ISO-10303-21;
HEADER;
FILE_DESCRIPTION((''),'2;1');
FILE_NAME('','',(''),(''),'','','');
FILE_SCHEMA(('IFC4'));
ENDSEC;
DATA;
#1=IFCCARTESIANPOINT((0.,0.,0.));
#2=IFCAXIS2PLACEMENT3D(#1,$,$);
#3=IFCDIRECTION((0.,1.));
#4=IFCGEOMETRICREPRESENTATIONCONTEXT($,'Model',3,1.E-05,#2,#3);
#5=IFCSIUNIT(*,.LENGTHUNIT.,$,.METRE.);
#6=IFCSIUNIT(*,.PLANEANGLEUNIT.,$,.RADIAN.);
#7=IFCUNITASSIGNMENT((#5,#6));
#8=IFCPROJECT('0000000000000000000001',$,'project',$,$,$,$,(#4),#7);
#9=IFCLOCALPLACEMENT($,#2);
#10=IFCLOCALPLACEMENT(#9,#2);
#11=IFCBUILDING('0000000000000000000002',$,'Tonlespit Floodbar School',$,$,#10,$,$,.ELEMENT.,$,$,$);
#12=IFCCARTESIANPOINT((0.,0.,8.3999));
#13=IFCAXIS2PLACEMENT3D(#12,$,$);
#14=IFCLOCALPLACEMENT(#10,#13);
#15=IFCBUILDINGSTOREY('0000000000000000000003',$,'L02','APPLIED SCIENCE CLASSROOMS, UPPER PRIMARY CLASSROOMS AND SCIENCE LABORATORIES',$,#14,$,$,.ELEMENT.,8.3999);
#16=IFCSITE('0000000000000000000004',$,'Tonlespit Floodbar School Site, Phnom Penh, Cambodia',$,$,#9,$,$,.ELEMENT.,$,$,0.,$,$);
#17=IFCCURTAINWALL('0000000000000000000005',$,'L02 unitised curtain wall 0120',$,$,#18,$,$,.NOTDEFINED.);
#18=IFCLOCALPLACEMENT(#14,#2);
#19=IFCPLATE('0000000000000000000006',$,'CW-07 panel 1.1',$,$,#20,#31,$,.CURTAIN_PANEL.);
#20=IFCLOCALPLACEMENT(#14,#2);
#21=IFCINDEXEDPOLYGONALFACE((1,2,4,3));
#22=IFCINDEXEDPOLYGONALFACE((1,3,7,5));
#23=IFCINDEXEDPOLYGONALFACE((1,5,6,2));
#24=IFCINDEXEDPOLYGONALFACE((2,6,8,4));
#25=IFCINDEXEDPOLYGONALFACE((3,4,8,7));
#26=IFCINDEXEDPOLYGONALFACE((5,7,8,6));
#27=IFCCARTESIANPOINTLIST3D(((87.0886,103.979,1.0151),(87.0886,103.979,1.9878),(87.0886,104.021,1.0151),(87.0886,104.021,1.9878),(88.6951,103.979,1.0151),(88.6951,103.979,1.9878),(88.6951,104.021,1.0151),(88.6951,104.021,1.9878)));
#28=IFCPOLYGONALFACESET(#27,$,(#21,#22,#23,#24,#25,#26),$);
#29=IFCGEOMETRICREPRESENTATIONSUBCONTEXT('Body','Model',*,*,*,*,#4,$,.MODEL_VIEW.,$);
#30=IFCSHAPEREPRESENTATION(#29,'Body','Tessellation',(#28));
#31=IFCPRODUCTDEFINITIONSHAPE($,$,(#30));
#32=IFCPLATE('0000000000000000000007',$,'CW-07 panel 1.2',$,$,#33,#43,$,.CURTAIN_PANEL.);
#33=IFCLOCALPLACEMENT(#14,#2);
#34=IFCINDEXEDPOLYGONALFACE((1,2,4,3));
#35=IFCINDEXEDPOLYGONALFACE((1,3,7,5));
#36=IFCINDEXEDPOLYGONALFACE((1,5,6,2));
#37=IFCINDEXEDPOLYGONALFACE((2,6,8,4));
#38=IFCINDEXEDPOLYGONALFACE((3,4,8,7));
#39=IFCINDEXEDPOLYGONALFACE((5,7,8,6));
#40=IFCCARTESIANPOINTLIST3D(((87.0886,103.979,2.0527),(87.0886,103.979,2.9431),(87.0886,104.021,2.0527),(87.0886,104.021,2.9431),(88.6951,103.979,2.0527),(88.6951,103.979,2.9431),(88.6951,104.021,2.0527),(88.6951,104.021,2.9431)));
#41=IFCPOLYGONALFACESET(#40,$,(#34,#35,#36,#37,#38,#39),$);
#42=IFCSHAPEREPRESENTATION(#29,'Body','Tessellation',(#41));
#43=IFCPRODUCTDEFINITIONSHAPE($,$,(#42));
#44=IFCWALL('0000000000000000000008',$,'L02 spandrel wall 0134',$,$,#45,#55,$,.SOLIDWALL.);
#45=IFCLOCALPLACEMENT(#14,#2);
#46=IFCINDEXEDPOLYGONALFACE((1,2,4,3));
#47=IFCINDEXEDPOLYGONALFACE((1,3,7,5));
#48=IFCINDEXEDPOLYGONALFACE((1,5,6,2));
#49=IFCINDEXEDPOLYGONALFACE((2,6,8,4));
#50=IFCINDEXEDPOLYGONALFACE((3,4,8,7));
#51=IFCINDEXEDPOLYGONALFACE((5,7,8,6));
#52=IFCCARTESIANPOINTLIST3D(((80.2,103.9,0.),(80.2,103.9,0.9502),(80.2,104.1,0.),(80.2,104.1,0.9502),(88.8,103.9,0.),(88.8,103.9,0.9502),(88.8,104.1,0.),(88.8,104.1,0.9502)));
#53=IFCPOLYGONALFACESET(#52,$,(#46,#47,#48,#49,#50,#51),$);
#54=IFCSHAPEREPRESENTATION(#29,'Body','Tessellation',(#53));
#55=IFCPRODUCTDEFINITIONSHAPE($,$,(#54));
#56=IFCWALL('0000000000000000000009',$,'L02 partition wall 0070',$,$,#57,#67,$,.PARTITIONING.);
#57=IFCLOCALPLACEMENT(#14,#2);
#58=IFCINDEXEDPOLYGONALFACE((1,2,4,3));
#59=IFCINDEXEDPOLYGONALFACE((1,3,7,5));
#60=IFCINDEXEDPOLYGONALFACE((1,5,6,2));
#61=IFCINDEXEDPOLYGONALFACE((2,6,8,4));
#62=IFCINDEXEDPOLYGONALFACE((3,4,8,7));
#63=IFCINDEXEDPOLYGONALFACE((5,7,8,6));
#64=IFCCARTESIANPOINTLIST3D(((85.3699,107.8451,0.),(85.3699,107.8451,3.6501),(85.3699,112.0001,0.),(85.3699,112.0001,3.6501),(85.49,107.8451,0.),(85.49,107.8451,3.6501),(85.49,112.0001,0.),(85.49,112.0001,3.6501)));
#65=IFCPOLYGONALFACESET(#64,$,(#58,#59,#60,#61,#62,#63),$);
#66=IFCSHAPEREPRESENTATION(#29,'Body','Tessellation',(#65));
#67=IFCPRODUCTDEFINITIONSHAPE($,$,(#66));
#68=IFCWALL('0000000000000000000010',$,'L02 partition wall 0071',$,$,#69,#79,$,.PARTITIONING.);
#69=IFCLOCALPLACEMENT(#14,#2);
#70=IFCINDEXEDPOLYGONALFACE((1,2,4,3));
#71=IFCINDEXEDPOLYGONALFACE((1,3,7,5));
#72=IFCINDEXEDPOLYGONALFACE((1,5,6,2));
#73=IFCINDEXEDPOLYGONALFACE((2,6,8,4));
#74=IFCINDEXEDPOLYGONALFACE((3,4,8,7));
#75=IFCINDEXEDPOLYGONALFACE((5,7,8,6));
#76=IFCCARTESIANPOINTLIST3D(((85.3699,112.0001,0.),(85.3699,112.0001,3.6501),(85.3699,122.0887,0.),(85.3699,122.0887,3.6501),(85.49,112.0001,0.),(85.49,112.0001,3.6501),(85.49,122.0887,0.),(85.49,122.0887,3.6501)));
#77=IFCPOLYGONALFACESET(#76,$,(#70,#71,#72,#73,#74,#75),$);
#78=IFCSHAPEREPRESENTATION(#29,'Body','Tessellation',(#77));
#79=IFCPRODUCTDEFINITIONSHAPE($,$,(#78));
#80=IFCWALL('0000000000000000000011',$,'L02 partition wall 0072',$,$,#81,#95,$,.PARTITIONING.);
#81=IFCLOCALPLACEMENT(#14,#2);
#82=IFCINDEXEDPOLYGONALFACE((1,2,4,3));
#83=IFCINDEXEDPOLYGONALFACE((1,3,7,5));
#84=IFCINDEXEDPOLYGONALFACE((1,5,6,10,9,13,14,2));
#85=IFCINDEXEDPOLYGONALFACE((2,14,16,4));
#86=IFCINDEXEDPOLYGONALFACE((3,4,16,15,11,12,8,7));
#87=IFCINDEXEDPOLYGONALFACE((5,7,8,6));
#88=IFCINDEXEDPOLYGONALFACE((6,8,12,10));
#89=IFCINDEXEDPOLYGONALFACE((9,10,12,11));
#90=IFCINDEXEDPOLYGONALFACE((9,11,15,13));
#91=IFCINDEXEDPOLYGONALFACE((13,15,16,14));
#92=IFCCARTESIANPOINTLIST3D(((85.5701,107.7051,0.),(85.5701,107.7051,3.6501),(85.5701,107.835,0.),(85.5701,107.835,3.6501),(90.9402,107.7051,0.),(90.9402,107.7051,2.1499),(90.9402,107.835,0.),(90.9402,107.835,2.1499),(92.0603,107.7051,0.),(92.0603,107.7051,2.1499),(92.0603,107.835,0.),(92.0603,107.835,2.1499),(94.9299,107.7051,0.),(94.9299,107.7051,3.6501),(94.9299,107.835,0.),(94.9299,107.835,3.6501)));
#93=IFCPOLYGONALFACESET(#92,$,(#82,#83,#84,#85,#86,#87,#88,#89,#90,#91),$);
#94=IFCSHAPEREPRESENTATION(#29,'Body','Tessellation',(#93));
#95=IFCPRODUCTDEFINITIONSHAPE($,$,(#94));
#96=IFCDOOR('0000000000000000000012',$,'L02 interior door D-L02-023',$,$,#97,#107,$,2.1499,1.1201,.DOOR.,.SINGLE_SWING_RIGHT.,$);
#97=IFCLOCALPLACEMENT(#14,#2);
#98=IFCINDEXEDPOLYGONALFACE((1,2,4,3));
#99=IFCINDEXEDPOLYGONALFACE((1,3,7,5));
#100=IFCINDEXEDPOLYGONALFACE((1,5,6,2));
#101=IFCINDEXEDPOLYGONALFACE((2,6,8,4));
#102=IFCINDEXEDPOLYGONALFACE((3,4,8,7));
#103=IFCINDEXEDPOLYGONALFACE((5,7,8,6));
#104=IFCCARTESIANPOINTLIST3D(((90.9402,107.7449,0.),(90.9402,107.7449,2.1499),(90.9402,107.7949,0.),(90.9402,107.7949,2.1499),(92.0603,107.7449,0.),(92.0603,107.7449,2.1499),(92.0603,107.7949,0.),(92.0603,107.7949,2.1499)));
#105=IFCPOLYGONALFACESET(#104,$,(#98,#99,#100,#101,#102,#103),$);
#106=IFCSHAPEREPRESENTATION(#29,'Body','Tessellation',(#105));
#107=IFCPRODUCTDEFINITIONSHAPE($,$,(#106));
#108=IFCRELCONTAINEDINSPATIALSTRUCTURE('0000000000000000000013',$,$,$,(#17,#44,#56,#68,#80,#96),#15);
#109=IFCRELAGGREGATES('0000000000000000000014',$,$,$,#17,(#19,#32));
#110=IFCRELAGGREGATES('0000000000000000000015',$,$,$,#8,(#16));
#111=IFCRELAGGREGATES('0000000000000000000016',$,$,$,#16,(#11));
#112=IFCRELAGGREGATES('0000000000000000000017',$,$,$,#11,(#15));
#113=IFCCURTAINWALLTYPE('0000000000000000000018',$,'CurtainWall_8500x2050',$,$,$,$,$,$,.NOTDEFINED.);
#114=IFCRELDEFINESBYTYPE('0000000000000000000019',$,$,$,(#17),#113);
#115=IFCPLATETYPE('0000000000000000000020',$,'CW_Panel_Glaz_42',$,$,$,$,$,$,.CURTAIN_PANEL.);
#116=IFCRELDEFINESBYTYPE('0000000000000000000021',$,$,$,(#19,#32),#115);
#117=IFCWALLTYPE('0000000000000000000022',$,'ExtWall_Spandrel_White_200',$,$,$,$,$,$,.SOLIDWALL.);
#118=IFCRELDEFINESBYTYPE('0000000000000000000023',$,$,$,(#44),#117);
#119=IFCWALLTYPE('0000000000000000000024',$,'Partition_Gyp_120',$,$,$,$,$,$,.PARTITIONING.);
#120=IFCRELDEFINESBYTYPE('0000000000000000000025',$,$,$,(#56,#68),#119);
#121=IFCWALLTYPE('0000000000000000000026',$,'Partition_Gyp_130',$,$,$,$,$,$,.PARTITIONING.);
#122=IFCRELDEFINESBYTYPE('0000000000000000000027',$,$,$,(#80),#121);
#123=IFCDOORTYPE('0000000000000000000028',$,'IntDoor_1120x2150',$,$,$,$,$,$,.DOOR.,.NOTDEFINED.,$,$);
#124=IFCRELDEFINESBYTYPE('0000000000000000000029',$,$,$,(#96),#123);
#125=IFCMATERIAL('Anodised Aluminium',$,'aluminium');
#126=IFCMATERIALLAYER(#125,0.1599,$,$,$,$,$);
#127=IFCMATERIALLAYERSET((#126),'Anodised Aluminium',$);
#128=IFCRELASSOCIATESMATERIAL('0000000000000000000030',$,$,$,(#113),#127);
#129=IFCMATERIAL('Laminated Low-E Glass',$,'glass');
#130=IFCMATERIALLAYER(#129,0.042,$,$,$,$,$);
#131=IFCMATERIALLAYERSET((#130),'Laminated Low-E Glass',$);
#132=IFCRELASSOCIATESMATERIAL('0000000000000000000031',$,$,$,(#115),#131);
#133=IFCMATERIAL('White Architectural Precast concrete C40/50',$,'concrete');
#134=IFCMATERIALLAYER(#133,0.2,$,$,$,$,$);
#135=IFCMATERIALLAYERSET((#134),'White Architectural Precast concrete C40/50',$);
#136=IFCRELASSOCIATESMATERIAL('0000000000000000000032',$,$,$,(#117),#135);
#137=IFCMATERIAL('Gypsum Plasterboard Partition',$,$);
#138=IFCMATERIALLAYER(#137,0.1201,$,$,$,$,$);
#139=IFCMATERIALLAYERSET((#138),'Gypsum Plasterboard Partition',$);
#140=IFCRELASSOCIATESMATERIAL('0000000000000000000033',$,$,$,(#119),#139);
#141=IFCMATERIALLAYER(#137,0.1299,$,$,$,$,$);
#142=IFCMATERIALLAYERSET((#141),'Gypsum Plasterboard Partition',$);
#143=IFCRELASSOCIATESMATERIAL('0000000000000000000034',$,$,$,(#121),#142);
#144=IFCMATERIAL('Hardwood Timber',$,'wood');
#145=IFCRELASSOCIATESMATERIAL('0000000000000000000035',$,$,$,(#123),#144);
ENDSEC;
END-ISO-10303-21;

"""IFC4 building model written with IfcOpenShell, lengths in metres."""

from ifc_helpers import new_model, si_unit, direction, frame, frame_2d, origin, origin_2d, place, context, subcontext, project, spatial, rectangle, extrude, material, layer, layer_set, type_object, element, fill, aggregate, save


model = new_model("IFC4")

# Units and contexts
model_context = context("Model", 3, precision=1e-05, world=origin(), true_north=direction((0.0, 1.0)))
body_context = subcontext(model_context, "Body", "Model", "MODEL_VIEW")
ifc_project = project(units=[si_unit("LENGTHUNIT", "METRE"), si_unit("PLANEANGLEUNIT", "RADIAN")], contexts=[model_context])

# Site, building, storey
site_placement = place(None, origin())
site = spatial("IfcSite", under=ifc_project, at=site_placement, Name="Tonlespit Floodbar School Site, Phnom Penh, Cambodia", CompositionType="ELEMENT", RefElevation=0.0)
building_placement = place(site_placement, origin())
building = spatial("IfcBuilding", under=site, at=building_placement, Name="Tonlespit Floodbar School", CompositionType="ELEMENT")
storey_placement = place(building_placement, frame((0.0, 0.0, 8.3999)))
storey = spatial("IfcBuildingStorey", under=building, at=storey_placement, Name="L02", Description="APPLIED SCIENCE CLASSROOMS, UPPER PRIMARY CLASSROOMS AND SCIENCE LABORATORIES", CompositionType="ELEMENT", Elevation=8.3999)

# Curtain wall
ifc_material_1 = material(Name="Anodised Aluminium", Category="aluminium")
ifc_layer_1 = layer(ifc_material_1, 0.1599)
ifc_layer_set_1 = layer_set([ifc_layer_1], Name="Anodised Aluminium")
curtain_wall_type = type_object("IfcCurtainWallType", Name="CurtainWall_8500x2050", PredefinedType="NOTDEFINED", material=ifc_layer_set_1)
curtain_wall_placement = place(storey_placement, origin())
curtain_wall = element("IfcCurtainWall", 1, at=curtain_wall_placement, inside=storey, type_object=curtain_wall_type, Name="L02 unitised curtain wall 0120", PredefinedType="NOTDEFINED")

# Plates
ifc_material_2 = material(Name="Laminated Low-E Glass", Category="glass")
ifc_layer_2 = layer(ifc_material_2, 0.042)
ifc_layer_set_2 = layer_set([ifc_layer_2], Name="Laminated Low-E Glass")
plate_type = type_object("IfcPlateType", Name="CW_Panel_Glaz_42", PredefinedType="CURTAIN_PANEL", material=ifc_layer_set_2)
plate_1_placement = place(storey_placement, frame((87.8918, 104.0, 1.0151), z_axis=(0.0, 0.0, 1.0), x_axis=(-1.0, 0.0, 0.0)))
plate_1 = element("IfcPlate", 2, at=plate_1_placement, type_object=plate_type, Name="CW-07 panel 1.1", PredefinedType="CURTAIN_PANEL", context=body_context, shape_type="SweptSolid", body=[
    extrude(rectangle(XDim=1.6064, YDim=0.042, at=origin_2d()), origin(), (0.0, 0.0, 1.0), 0.9727),
])
plate_2_placement = place(storey_placement, frame((87.8918, 104.0, 2.0527), z_axis=(0.0, 0.0, 1.0), x_axis=(-1.0, 0.0, 0.0)))
plate_2 = element("IfcPlate", 3, at=plate_2_placement, type_object=plate_type, Name="CW-07 panel 1.2", PredefinedType="CURTAIN_PANEL", context=body_context, shape_type="SweptSolid", body=[
    extrude(rectangle(XDim=1.6064, YDim=0.042, at=origin_2d()), origin(), (0.0, 0.0, 1.0), 0.8904),
])
aggregate(curtain_wall, [plate_1, plate_2])

# Walls
ifc_material_3 = material(Name="White Architectural Precast concrete C40/50", Category="concrete")
ifc_layer_3 = layer(ifc_material_3, 0.2)
ifc_layer_set_3 = layer_set([ifc_layer_3], Name="White Architectural Precast concrete C40/50")
wall_type_1 = type_object("IfcWallType", Name="ExtWall_Spandrel_White_200", PredefinedType="SOLIDWALL", material=ifc_layer_set_3)
wall_1_placement = place(storey_placement, frame((88.8, 104.0, 0.0), z_axis=(0.0, 0.0, 1.0), x_axis=(-1.0, 0.0, 0.0)))
element("IfcWall", 4, at=wall_1_placement, inside=storey, type_object=wall_type_1, Name="L02 spandrel wall 0134", PredefinedType="SOLIDWALL", context=body_context, shape_type="SweptSolid", body=[
    extrude(rectangle(XDim=8.6001, YDim=0.2, at=frame_2d((4.3, 0.0))), origin(), (0.0, 0.0, 1.0), 0.9502),
])
ifc_material_4 = material(Name="Gypsum Plasterboard Partition")
ifc_layer_4 = layer(ifc_material_4, 0.1201)
ifc_layer_set_4 = layer_set([ifc_layer_4], Name="Gypsum Plasterboard Partition")
wall_type_2 = type_object("IfcWallType", Name="Partition_Gyp_120", PredefinedType="PARTITIONING", material=ifc_layer_set_4)
wall_2_placement = place(storey_placement, frame((85.4299, 107.845, 0.0), z_axis=(0.0, 0.0, 1.0), x_axis=(0.0, 1.0, 0.0)))
element("IfcWall", 5, at=wall_2_placement, inside=storey, type_object=wall_type_2, Name="L02 partition wall 0070", PredefinedType="PARTITIONING", context=body_context, shape_type="SweptSolid", body=[
    extrude(rectangle(XDim=4.155, YDim=0.1201, at=frame_2d((2.0776, 0.0))), origin(), (0.0, 0.0, 1.0), 3.6501),
])
wall_3_placement = place(storey_placement, frame((85.4299, 112.0, 0.0), z_axis=(0.0, 0.0, 1.0), x_axis=(0.0, 1.0, 0.0)))
element("IfcWall", 6, at=wall_3_placement, inside=storey, type_object=wall_type_2, Name="L02 partition wall 0071", PredefinedType="PARTITIONING", context=body_context, shape_type="SweptSolid", body=[
    extrude(rectangle(XDim=10.0886, YDim=0.1201, at=frame_2d((5.0444, 0.0))), origin(), (0.0, 0.0, 1.0), 3.6501),
])

# Wall, opening, door
ifc_layer_5 = layer(ifc_material_4, 0.1299)
ifc_layer_set_5 = layer_set([ifc_layer_5], Name="Gypsum Plasterboard Partition")
wall_type_3 = type_object("IfcWallType", Name="Partition_Gyp_130", PredefinedType="PARTITIONING", material=ifc_layer_set_5)
wall_4_placement = place(storey_placement, frame((85.5701, 107.77, 0.0), z_axis=(0.0, 0.0, 1.0), x_axis=(1.0, 0.0, 0.0)))
wall_4 = element("IfcWall", 7, at=wall_4_placement, inside=storey, type_object=wall_type_3, Name="L02 partition wall 0072", PredefinedType="PARTITIONING", context=body_context, shape_type="SweptSolid", body=[
    extrude(rectangle(XDim=9.3599, YDim=0.1299, at=frame_2d((4.6799, 0.0))), origin(), (0.0, 0.0, 1.0), 3.6501),
])
opening_placement = place(wall_4_placement, frame((5.3701, 0.0, 0.0)))
opening = element("IfcOpeningElement", 8, at=opening_placement, cuts=wall_4, PredefinedType="OPENING", context=body_context, shape_type="SweptSolid", body=[
    extrude(rectangle(XDim=1.1201, YDim=2.1499, at=frame_2d((0.5601, 1.075))), frame((0.0, 0.075, 0.0), z_axis=(0.0, -1.0, 0.0), x_axis=(1.0, 0.0, 0.0)), (0.0, 0.0, 1.0), 0.1499),
])
ifc_material_5 = material(Name="Hardwood Timber", Category="wood")
door_type = type_object("IfcDoorType", Name="IntDoor_1120x2150", OperationType="NOTDEFINED", PredefinedType="DOOR", material=ifc_material_5)
door_placement = place(opening_placement, origin())
door = element("IfcDoor", 9, at=door_placement, inside=storey, type_object=door_type, Name="L02 interior door D-L02-023", OperationType="SINGLE_SWING_RIGHT", OverallHeight=2.1499, OverallWidth=1.1201, PredefinedType="DOOR", context=body_context, shape_type="SweptSolid", body=[
    extrude(rectangle(XDim=1.1201, YDim=2.1499, at=frame_2d((0.5601, 1.075))), frame((0.0, 0.0249, 0.0), z_axis=(0.0, -1.0, 0.0), x_axis=(1.0, 0.0, 0.0)), (0.0, 0.0, 1.0), 0.05),
])
fill(opening, door)

save(model, "model.ifc")
